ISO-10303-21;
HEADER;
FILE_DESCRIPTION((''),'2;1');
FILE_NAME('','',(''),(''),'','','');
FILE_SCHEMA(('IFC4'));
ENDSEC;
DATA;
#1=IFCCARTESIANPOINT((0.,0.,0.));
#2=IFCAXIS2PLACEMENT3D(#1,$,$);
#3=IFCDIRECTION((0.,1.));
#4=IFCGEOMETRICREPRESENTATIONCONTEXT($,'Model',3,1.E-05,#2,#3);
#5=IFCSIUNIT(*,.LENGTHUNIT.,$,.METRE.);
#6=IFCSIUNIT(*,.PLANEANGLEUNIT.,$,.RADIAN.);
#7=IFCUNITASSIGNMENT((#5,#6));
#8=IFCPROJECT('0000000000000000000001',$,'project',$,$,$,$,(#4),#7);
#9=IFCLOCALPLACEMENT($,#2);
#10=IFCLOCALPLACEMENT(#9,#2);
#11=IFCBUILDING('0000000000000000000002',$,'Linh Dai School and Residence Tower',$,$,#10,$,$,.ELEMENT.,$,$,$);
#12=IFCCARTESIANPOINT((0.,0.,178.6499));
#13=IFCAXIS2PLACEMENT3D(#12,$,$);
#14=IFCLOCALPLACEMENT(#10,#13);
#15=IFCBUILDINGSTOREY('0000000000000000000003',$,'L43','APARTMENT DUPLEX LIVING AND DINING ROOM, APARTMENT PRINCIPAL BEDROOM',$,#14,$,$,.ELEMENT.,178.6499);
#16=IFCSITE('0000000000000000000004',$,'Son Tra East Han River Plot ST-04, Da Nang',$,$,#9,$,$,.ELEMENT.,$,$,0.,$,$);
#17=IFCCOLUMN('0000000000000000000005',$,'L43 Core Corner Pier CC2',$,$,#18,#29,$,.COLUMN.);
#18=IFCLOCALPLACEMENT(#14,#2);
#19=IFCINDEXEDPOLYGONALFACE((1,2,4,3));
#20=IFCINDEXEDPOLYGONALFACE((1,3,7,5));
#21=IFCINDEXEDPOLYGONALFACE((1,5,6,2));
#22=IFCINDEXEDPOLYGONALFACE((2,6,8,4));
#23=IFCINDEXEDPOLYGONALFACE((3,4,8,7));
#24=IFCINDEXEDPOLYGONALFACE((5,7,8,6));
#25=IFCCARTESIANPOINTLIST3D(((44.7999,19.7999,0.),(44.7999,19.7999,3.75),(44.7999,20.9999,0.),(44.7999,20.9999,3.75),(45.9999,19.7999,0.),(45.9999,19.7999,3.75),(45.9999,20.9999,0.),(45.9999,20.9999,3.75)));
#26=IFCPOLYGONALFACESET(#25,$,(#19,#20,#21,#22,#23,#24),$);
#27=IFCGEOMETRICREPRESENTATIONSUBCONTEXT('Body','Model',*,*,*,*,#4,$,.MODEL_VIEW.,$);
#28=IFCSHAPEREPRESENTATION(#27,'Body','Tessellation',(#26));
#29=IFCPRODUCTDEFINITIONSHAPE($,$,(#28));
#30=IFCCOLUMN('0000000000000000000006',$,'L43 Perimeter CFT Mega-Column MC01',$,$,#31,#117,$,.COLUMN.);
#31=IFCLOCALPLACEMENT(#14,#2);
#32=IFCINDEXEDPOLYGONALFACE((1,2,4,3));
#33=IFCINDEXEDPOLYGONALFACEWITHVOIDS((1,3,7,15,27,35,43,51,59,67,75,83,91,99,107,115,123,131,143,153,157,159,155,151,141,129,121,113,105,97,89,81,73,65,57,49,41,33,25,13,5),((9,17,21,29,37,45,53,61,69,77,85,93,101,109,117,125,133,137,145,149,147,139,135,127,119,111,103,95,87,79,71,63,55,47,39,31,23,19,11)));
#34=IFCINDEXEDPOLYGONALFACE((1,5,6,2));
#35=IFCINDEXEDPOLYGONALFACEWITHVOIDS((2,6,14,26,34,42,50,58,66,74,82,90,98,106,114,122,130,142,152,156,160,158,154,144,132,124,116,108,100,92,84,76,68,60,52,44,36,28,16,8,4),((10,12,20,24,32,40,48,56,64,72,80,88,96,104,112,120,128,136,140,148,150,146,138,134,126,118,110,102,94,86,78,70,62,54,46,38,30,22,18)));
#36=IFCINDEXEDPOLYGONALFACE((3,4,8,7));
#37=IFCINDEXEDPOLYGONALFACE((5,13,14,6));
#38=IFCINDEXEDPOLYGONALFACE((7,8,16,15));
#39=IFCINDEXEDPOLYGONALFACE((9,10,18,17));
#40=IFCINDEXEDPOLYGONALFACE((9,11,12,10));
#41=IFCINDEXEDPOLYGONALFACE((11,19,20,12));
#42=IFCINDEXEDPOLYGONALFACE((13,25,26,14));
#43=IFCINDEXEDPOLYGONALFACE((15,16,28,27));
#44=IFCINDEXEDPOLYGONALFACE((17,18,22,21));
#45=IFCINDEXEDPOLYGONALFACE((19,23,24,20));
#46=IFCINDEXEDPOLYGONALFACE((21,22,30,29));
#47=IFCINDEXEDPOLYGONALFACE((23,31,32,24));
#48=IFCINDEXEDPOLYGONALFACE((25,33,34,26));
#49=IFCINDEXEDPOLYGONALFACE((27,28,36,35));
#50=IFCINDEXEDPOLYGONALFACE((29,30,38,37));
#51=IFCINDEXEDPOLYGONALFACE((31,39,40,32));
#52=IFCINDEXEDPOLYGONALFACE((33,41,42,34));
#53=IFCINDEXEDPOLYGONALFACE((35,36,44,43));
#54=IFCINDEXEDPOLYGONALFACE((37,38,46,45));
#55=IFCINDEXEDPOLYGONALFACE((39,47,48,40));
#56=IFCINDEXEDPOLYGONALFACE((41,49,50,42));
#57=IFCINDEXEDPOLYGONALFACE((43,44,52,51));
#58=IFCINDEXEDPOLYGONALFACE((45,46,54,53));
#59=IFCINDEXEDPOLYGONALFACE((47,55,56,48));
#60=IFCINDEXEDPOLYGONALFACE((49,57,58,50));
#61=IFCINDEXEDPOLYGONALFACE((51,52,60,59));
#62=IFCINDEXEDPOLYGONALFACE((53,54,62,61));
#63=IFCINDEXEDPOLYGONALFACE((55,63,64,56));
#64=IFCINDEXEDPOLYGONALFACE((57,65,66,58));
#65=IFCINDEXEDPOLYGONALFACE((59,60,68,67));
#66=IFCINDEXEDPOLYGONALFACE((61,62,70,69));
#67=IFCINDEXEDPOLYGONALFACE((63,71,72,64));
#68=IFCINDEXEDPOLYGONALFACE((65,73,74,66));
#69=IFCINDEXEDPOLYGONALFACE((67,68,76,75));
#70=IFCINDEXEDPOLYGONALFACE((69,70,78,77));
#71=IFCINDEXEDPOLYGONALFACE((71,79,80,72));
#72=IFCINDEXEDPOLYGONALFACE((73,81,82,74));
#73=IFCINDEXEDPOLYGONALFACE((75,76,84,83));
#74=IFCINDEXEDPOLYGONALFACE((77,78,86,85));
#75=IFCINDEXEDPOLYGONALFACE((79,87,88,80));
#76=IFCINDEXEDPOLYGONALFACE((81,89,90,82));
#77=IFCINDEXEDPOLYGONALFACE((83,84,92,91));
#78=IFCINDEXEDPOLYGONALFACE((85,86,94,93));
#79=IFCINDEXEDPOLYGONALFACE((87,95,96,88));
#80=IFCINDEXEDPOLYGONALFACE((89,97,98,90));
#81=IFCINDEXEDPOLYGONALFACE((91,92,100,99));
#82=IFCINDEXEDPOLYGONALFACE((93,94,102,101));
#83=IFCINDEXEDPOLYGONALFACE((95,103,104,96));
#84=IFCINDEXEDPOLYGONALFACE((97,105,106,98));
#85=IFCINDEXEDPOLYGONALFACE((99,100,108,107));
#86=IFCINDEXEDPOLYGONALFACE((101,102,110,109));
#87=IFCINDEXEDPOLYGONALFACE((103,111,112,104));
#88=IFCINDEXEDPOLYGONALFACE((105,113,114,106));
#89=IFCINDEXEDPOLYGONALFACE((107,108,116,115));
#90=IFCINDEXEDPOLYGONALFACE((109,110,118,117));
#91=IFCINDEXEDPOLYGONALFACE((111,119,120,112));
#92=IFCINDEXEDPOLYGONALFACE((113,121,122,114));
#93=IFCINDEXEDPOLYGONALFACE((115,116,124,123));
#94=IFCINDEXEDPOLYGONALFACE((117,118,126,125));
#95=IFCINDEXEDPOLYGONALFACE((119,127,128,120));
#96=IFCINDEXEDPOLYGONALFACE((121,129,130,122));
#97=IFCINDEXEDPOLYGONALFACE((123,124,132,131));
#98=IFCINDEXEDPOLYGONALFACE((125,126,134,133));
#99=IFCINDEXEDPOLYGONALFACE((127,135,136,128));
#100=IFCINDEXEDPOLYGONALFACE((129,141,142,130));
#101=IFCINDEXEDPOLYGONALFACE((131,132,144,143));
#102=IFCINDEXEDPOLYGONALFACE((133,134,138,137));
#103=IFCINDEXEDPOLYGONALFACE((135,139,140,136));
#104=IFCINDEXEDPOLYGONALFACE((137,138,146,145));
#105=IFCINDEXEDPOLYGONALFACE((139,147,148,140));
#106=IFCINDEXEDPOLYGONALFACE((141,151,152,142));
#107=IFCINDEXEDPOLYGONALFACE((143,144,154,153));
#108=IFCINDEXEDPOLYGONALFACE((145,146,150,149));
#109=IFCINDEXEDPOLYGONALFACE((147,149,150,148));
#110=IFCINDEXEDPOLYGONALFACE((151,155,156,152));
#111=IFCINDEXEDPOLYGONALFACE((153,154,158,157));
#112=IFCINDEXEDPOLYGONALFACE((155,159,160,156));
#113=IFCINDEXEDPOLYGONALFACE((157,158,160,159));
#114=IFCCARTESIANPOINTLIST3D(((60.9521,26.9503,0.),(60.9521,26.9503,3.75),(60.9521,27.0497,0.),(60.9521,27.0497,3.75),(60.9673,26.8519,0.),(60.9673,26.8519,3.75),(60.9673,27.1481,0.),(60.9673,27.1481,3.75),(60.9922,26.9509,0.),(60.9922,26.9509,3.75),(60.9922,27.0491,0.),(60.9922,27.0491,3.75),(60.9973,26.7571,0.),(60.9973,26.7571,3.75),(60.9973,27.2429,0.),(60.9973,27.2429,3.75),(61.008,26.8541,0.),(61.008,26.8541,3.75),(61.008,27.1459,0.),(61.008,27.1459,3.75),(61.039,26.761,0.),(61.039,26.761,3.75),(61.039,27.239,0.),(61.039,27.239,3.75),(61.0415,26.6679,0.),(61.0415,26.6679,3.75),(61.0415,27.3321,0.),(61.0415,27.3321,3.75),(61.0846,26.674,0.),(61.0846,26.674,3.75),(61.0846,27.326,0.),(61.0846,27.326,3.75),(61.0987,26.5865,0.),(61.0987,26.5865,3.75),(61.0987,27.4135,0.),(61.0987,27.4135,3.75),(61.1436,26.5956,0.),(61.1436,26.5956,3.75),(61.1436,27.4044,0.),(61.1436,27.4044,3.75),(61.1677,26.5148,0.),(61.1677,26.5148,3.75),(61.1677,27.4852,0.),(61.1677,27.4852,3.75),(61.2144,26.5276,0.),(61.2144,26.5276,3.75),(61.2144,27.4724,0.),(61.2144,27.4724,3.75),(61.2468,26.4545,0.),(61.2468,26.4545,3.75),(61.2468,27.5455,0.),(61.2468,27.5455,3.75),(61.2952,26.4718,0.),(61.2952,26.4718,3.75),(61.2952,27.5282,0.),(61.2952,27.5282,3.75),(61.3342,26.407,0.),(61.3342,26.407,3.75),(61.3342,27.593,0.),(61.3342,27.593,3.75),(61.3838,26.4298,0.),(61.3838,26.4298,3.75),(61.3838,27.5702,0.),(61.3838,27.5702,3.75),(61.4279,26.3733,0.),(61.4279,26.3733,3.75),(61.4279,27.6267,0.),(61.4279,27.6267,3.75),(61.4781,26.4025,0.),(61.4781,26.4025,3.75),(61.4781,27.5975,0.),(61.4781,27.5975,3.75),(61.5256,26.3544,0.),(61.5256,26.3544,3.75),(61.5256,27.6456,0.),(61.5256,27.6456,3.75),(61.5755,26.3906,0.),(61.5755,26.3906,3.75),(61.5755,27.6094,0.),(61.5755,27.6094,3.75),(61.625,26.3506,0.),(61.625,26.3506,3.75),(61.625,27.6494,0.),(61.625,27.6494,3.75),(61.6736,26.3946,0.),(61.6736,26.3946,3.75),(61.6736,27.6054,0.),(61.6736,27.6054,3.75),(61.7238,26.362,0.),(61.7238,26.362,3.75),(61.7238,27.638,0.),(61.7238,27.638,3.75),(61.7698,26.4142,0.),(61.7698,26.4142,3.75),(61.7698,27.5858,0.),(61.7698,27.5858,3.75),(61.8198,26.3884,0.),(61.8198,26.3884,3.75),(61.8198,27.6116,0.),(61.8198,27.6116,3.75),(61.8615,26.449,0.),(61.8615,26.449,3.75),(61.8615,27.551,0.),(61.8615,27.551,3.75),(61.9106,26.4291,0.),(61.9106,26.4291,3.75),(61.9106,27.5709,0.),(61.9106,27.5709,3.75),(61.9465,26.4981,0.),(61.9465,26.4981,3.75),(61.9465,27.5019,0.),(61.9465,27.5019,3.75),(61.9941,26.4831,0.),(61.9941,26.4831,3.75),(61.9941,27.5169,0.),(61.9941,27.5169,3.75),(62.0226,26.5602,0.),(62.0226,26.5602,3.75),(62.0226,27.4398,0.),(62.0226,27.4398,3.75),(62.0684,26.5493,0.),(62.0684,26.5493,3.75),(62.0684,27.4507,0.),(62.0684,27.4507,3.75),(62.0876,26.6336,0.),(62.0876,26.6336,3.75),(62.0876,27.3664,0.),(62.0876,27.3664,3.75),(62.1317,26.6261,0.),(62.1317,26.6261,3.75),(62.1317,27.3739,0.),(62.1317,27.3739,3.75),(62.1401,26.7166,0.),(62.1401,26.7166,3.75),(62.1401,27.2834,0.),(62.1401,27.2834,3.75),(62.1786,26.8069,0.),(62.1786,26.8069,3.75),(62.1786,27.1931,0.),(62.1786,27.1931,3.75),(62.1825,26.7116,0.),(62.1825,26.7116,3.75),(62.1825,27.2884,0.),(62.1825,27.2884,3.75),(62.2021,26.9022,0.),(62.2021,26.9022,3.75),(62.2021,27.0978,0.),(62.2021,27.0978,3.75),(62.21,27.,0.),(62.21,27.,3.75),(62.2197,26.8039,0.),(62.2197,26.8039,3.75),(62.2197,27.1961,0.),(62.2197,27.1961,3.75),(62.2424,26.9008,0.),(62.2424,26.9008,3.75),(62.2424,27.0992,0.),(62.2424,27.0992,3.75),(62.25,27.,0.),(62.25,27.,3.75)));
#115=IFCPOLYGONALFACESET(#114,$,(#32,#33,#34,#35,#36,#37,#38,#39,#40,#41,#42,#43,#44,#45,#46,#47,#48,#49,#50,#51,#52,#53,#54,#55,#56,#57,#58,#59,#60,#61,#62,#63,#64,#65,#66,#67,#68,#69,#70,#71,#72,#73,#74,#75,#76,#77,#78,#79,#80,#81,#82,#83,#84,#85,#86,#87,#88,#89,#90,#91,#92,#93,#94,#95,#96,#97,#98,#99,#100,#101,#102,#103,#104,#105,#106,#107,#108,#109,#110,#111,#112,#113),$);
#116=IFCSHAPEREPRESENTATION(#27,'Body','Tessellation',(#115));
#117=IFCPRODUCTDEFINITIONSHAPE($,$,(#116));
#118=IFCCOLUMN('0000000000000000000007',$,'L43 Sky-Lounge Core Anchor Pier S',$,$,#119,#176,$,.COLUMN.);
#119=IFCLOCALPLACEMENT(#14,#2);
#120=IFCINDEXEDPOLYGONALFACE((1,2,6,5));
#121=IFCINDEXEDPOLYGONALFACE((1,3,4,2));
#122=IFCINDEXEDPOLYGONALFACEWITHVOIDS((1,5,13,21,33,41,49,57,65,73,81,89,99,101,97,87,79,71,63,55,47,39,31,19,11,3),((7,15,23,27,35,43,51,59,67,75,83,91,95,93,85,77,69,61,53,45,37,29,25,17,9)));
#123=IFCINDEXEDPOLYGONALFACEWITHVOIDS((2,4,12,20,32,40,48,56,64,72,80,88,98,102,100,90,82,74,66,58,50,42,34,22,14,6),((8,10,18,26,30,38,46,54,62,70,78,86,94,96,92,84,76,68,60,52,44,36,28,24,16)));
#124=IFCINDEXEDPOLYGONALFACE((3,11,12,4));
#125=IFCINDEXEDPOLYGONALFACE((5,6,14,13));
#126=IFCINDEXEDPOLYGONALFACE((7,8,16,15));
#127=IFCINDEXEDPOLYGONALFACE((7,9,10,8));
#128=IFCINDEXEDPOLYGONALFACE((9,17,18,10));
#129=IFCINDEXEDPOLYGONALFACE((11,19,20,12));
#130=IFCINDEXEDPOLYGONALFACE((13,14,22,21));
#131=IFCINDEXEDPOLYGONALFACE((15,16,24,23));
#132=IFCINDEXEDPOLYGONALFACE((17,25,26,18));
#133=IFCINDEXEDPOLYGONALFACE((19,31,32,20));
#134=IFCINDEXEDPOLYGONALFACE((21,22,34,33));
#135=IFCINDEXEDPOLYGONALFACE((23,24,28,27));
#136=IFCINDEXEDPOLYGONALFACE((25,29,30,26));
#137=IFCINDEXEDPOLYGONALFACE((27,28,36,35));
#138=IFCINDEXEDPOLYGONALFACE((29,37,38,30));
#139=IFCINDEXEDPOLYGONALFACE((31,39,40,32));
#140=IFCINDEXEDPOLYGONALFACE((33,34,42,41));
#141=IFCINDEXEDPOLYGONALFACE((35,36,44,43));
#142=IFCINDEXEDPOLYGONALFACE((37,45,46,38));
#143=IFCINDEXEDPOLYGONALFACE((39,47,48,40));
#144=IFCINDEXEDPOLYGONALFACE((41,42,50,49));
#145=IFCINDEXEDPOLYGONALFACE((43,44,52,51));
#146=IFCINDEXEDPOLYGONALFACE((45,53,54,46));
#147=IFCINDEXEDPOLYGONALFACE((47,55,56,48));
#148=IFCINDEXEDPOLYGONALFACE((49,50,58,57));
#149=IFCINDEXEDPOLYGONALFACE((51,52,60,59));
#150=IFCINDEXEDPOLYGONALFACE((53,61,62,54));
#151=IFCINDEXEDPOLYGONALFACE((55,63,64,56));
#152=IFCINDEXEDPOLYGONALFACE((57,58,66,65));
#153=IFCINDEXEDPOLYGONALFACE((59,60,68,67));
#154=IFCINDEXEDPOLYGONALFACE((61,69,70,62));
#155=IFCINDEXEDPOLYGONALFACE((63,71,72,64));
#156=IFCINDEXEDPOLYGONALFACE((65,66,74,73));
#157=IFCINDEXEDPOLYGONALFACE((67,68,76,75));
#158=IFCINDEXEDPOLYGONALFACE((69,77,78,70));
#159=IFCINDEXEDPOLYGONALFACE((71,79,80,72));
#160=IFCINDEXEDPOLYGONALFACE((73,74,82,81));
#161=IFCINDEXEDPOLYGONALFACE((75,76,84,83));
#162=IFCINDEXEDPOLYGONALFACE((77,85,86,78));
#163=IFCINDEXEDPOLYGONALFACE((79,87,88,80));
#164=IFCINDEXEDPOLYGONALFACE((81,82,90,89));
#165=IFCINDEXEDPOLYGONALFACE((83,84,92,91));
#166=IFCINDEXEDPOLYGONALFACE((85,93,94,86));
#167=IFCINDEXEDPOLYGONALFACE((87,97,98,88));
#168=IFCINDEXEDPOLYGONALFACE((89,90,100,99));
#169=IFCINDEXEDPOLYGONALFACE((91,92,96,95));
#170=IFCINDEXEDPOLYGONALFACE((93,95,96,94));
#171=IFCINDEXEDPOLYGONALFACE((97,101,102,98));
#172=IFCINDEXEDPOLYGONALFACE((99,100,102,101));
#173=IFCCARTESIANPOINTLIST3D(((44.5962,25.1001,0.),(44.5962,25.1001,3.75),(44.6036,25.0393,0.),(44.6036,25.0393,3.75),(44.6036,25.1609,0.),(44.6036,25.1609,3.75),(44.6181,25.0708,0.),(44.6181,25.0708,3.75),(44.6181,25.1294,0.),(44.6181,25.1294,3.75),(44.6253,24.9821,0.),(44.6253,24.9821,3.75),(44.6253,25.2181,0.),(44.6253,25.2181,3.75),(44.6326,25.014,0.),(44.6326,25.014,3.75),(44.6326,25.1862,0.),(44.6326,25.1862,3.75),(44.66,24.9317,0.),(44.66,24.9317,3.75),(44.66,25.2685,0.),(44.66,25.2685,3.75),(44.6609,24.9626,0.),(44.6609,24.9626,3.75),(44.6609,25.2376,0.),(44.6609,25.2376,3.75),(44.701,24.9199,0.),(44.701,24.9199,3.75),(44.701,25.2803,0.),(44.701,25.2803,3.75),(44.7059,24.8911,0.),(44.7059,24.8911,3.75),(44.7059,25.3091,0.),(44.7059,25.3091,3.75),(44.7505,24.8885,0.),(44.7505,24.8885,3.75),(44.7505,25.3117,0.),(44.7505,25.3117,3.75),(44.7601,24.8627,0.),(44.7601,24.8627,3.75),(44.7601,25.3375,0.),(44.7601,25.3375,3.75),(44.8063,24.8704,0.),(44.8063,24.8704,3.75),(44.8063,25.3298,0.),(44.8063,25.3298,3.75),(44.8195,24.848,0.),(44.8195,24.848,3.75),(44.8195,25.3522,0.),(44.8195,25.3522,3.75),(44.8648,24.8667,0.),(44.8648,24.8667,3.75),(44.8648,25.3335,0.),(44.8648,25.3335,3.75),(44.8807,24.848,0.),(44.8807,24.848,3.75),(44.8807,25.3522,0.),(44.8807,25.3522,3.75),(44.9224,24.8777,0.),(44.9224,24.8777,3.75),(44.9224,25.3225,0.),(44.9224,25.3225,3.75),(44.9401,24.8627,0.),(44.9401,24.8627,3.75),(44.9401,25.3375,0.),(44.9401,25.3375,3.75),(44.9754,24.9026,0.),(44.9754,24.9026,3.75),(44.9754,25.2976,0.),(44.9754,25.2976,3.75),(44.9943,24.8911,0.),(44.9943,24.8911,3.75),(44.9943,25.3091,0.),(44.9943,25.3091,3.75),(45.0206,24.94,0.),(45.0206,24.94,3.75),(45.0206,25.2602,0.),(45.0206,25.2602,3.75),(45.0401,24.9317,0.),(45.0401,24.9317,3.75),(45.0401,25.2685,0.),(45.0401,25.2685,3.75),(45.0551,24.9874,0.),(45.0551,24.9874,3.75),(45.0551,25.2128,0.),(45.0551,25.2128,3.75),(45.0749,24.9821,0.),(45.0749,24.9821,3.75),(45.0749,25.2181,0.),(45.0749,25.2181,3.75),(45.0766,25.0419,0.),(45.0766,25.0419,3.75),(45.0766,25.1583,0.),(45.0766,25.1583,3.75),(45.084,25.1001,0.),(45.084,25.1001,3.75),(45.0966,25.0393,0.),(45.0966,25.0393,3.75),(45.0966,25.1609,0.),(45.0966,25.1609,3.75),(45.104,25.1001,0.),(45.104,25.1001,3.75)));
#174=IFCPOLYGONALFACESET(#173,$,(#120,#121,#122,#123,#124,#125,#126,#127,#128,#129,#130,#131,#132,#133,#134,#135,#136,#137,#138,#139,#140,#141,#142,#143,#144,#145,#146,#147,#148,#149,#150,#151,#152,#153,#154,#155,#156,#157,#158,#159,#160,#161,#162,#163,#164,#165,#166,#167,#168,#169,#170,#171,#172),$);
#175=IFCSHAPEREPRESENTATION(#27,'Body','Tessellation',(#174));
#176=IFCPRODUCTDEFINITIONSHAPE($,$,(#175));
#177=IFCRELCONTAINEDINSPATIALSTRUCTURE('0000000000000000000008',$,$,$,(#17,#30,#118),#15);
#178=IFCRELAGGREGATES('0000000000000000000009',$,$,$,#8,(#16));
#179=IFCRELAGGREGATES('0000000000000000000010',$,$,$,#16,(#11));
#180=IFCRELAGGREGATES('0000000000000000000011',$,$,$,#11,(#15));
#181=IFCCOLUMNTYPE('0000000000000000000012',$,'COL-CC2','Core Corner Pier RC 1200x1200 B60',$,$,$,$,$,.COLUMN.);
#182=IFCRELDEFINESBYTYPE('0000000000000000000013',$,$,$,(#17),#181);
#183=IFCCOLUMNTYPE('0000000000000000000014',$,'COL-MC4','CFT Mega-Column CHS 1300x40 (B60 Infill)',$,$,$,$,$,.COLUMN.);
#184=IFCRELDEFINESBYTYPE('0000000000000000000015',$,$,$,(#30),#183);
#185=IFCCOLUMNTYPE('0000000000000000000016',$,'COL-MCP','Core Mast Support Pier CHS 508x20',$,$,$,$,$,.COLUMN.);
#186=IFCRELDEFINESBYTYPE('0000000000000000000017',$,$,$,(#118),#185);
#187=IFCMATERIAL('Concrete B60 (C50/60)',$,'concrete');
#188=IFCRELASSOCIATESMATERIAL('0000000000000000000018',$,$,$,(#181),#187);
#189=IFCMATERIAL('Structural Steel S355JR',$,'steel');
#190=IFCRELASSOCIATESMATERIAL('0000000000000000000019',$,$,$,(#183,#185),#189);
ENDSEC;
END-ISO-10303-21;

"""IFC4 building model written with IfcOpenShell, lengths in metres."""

from ifc_helpers import new_model, si_unit, direction, frame, origin, origin_2d, place, context, subcontext, project, spatial, rectangle, hollow_circle, extrude, material, material_profile, profile_set, type_object, element, save


model = new_model("IFC4")

# Units and contexts
model_context = context("Model", 3, precision=1e-05, world=origin(), true_north=direction((0.0, 1.0)))
body_context = subcontext(model_context, "Body", "Model", "MODEL_VIEW")
ifc_project = project(units=[si_unit("LENGTHUNIT", "METRE"), si_unit("PLANEANGLEUNIT", "RADIAN")], contexts=[model_context])

# Site, building, storey
site_placement = place(None, origin())
site = spatial("IfcSite", under=ifc_project, at=site_placement, Name="Son Tra East Han River Plot ST-04, Da Nang", CompositionType="ELEMENT", RefElevation=0.0)
building_placement = place(site_placement, origin())
building = spatial("IfcBuilding", under=site, at=building_placement, Name="Linh Dai School and Residence Tower", CompositionType="ELEMENT")
storey_placement = place(building_placement, frame((0.0, 0.0, 178.6499)))
storey = spatial("IfcBuildingStorey", under=building, at=storey_placement, Name="L43", Description="APARTMENT DUPLEX LIVING AND DINING ROOM, APARTMENT PRINCIPAL BEDROOM", CompositionType="ELEMENT", Elevation=178.6499)

# Columns
ifc_material_1 = material(Name="Concrete B60 (C50/60)", Category="concrete")
ifc_material_profile_1 = material_profile(ifc_material_1, rectangle(XDim=1.2, YDim=1.2, at=origin_2d()), Name="RC 1200x1200")
ifc_profile_set_1 = profile_set([ifc_material_profile_1], Name="Concrete B60 (C50/60)")
column_type_1 = type_object("IfcColumnType", Name="COL-CC2", Description="Core Corner Pier RC 1200x1200 B60", PredefinedType="COLUMN", material=ifc_profile_set_1)
column_1_placement = place(storey_placement, frame((45.3999, 20.3999, 0.0), z_axis=(0.0, 0.0, 1.0), x_axis=(1.0, 0.0, 0.0)))
element("IfcColumn", 1, at=column_1_placement, inside=storey, type_object=column_type_1, Name="L43 Core Corner Pier CC2", PredefinedType="COLUMN", context=body_context, shape_type="SweptSolid", body=[
    extrude(rectangle(XDim=1.2, YDim=1.2, at=origin_2d()), origin(), (0.0, 0.0, 1.0), 3.75),
])
ifc_material_2 = material(Name="Structural Steel S355JR", Category="steel")
ifc_material_profile_2 = material_profile(ifc_material_2, hollow_circle(Radius=0.6499, WallThickness=0.04, at=origin_2d()), Name="CHS 1300x40")
ifc_profile_set_2 = profile_set([ifc_material_profile_2], Name="Structural Steel S355JR")
column_type_2 = type_object("IfcColumnType", Name="COL-MC4", Description="CFT Mega-Column CHS 1300x40 (B60 Infill)", PredefinedType="COLUMN", material=ifc_profile_set_2)
column_2_placement = place(storey_placement, frame((61.6001, 27.0, 0.0), z_axis=(0.0, 0.0, 1.0), x_axis=(1.0, 0.0, 0.0)))
element("IfcColumn", 2, at=column_2_placement, inside=storey, type_object=column_type_2, Name="L43 Perimeter CFT Mega-Column MC01", PredefinedType="COLUMN", context=body_context, shape_type="SweptSolid", body=[
    extrude(hollow_circle(Radius=0.6499, WallThickness=0.04, at=origin_2d()), origin(), (0.0, 0.0, 1.0), 3.75),
])
ifc_material_profile_3 = material_profile(ifc_material_2, hollow_circle(Radius=0.2539, WallThickness=0.02, at=origin_2d()), Name="CHS 508x20")
ifc_profile_set_3 = profile_set([ifc_material_profile_3], Name="Structural Steel S355JR")
column_type_3 = type_object("IfcColumnType", Name="COL-MCP", Description="Core Mast Support Pier CHS 508x20", PredefinedType="COLUMN", material=ifc_profile_set_3)
column_3_placement = place(storey_placement, frame((44.8501, 25.1001, 0.0), z_axis=(0.0, 0.0, 1.0), x_axis=(1.0, 0.0, 0.0)))
element("IfcColumn", 3, at=column_3_placement, inside=storey, type_object=column_type_3, Name="L43 Sky-Lounge Core Anchor Pier S", PredefinedType="COLUMN", context=body_context, shape_type="SweptSolid", body=[
    extrude(hollow_circle(Radius=0.2539, WallThickness=0.02, at=origin_2d()), origin(), (0.0, 0.0, 1.0), 3.75),
])

save(model, "model.ifc")
